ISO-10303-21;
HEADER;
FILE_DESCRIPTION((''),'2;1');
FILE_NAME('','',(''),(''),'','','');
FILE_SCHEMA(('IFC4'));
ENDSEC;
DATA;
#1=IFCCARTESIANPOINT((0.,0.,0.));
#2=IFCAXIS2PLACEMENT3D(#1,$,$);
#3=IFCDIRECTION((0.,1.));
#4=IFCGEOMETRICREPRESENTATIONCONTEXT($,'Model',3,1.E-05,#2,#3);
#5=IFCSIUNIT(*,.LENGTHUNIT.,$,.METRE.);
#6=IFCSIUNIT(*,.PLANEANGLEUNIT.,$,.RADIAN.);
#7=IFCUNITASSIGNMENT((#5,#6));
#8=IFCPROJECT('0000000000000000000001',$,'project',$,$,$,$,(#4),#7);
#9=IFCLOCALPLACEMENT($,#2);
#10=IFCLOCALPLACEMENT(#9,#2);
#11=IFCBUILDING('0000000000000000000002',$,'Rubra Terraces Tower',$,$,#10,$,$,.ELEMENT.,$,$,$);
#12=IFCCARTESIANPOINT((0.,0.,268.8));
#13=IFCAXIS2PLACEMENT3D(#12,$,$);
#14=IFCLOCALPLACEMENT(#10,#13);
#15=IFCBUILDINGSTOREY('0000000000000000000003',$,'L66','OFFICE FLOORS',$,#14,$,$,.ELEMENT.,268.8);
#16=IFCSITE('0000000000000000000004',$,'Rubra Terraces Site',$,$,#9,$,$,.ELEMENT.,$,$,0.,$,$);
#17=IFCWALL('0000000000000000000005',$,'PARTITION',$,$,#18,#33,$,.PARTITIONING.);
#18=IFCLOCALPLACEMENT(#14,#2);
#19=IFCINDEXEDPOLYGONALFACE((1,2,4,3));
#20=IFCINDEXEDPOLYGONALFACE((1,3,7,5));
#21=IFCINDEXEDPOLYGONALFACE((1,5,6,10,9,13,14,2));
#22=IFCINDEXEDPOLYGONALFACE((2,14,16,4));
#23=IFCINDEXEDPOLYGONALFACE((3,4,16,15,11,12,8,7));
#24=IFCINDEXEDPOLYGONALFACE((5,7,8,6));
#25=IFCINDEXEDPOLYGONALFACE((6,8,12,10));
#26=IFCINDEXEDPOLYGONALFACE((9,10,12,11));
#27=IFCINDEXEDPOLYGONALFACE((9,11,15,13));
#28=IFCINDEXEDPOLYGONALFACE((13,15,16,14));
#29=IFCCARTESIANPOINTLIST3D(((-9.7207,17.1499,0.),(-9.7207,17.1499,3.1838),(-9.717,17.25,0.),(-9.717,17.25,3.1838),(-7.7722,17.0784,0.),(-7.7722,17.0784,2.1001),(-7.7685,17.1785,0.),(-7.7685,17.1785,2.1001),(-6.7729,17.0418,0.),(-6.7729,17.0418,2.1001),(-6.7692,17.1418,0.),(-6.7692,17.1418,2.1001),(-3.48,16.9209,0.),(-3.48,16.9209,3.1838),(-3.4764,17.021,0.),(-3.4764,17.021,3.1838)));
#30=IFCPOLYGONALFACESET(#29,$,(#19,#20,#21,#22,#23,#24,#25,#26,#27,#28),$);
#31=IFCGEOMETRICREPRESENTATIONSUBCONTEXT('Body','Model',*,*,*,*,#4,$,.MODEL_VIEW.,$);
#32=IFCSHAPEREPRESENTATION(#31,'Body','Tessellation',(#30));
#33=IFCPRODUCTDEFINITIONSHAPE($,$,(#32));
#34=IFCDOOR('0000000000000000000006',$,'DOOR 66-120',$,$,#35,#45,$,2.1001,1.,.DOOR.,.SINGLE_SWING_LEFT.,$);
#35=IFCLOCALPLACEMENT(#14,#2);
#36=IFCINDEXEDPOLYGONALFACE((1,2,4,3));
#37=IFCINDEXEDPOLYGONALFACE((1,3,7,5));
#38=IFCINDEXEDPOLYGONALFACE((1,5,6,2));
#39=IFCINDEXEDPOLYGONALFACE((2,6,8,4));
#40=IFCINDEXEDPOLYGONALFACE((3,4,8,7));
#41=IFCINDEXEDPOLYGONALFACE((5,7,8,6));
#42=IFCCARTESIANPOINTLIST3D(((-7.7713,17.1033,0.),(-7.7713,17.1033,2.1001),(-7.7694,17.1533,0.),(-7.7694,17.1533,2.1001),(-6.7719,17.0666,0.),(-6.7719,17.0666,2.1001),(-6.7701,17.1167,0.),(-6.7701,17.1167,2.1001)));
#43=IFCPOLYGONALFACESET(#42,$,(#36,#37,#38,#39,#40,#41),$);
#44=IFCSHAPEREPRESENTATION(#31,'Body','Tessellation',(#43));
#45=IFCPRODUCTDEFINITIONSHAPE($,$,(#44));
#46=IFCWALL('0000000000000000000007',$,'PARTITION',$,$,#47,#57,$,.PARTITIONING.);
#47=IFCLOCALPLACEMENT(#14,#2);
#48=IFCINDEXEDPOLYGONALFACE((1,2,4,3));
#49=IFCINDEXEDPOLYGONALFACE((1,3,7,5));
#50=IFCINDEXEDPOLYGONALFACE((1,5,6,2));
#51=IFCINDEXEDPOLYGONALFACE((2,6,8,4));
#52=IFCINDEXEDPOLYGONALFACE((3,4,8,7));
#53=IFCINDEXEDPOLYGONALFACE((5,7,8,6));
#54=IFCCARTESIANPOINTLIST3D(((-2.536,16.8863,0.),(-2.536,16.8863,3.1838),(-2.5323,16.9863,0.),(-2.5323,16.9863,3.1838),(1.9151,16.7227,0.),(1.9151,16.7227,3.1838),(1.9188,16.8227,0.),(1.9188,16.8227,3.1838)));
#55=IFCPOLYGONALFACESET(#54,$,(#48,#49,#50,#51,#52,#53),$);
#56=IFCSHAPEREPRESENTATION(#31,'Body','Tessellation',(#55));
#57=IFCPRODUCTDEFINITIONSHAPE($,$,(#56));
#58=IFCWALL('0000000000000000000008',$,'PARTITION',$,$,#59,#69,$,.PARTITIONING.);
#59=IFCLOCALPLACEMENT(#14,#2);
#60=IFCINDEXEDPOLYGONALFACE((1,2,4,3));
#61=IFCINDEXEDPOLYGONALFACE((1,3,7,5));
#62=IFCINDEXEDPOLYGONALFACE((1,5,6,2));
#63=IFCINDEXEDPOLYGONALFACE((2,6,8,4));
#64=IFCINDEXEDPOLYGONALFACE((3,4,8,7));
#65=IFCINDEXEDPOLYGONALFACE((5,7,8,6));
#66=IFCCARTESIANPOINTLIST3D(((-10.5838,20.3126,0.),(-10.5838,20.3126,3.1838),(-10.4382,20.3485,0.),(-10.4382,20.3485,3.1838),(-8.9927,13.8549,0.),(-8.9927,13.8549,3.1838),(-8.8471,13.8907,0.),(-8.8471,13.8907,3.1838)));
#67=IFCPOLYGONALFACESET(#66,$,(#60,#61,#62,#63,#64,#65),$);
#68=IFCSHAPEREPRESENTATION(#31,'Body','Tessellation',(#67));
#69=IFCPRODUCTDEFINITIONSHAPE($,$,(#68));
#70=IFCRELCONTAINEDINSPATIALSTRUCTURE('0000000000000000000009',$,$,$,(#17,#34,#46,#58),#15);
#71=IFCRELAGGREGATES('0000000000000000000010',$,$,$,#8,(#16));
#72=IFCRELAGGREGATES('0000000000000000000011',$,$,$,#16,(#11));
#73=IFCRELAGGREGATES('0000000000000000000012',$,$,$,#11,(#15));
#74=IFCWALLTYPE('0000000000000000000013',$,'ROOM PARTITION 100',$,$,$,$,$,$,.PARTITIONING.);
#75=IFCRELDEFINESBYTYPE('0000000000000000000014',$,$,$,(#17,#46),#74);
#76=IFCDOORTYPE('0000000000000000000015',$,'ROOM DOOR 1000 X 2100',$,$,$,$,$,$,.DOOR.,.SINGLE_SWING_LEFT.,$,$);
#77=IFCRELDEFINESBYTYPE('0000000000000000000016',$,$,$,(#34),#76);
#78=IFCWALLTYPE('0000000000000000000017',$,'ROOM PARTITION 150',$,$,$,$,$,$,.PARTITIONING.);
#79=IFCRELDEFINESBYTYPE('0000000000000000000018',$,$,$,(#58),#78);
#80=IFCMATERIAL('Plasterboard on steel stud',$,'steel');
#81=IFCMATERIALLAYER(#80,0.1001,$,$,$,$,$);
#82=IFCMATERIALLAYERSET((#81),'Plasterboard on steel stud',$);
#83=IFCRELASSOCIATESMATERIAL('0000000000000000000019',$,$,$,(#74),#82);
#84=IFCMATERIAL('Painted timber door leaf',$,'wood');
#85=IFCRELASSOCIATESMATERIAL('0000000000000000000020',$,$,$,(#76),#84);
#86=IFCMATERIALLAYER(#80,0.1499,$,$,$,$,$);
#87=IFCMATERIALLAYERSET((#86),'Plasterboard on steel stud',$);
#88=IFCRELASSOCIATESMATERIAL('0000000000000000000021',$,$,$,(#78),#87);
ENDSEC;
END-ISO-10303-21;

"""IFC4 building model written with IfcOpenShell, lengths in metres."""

from ifc_helpers import new_model, si_unit, direction, frame, frame_2d, origin, place, context, subcontext, project, spatial, rectangle, extrude, material, layer, layer_set, type_object, element, fill, save


model = new_model("IFC4")

# Units and contexts
model_context = context("Model", 3, precision=1e-05, world=origin(), true_north=direction((0.0, 1.0)))
body_context = subcontext(model_context, "Body", "Model", "MODEL_VIEW")
ifc_project = project(units=[si_unit("LENGTHUNIT", "METRE"), si_unit("PLANEANGLEUNIT", "RADIAN")], contexts=[model_context])

# Site, building, storey
site_placement = place(None, origin())
site = spatial("IfcSite", under=ifc_project, at=site_placement, Name="Rubra Terraces Site", CompositionType="ELEMENT", RefElevation=0.0)
building_placement = place(site_placement, origin())
building = spatial("IfcBuilding", under=site, at=building_placement, Name="Rubra Terraces Tower", CompositionType="ELEMENT")
storey_placement = place(building_placement, frame((0.0, 0.0, 268.8)))
storey = spatial("IfcBuildingStorey", under=building, at=storey_placement, Name="L66", Description="OFFICE FLOORS", CompositionType="ELEMENT", Elevation=268.8)

# Wall, opening, door
ifc_material_1 = material(Name="Plasterboard on steel stud", Category="steel")
ifc_layer_1 = layer(ifc_material_1, 0.1001)
ifc_layer_set_1 = layer_set([ifc_layer_1], Name="Plasterboard on steel stud")
wall_type_1 = type_object("IfcWallType", Name="ROOM PARTITION 100", PredefinedType="PARTITIONING", material=ifc_layer_set_1)
wall_1_placement = place(storey_placement, frame((-9.719, 17.2, 0.0), z_axis=(0.0, 0.0, 1.0), x_axis=(0.999327, -0.03667, 0.0)))
wall_1 = element("IfcWall", 1, at=wall_1_placement, inside=storey, type_object=wall_type_1, Name="PARTITION", PredefinedType="PARTITIONING", context=body_context, shape_type="SweptSolid", body=[
    extrude(rectangle(XDim=6.2449, YDim=0.1001, at=frame_2d((3.1226, 0.0))), origin(), (0.0, 0.0, 1.0), 3.1838),
])
opening_1_placement = place(wall_1_placement, frame((1.95, 0.0, 0.0)))
opening_1 = element("IfcOpeningElement", 2, at=opening_1_placement, cuts=wall_1, PredefinedType="OPENING", context=body_context, shape_type="SweptSolid", body=[
    extrude(rectangle(XDim=1.0, YDim=2.1001, at=frame_2d((0.5, 1.05))), frame((0.0, 0.0601, 0.0), z_axis=(0.0, -1.0, 0.0), x_axis=(1.0, 0.0, 0.0)), (0.0, 0.0, 1.0), 0.1201),
])
ifc_material_2 = material(Name="Painted timber door leaf", Category="wood")
door_type = type_object("IfcDoorType", Name="ROOM DOOR 1000 X 2100", OperationType="SINGLE_SWING_LEFT", PredefinedType="DOOR", material=ifc_material_2)
door_placement = place(opening_1_placement, origin())
door = element("IfcDoor", 3, at=door_placement, inside=storey, type_object=door_type, Name="DOOR 66-120", OperationType="SINGLE_SWING_LEFT", OverallHeight=2.1001, OverallWidth=1.0, PredefinedType="DOOR", context=body_context, shape_type="SweptSolid", body=[
    extrude(rectangle(XDim=1.0, YDim=2.1001, at=frame_2d((0.5, 1.05))), frame((0.0, 0.0249, 0.0), z_axis=(0.0, -1.0, 0.0), x_axis=(1.0, 0.0, 0.0)), (0.0, 0.0, 1.0), 0.05),
])
fill(opening_1, door)

# Walls
wall_2_placement = place(storey_placement, frame((-2.5342, 16.9363, 0.0), z_axis=(0.0, 0.0, 1.0), x_axis=(0.999325, -0.036724, 0.0)))
element("IfcWall", 4, at=wall_2_placement, inside=storey, type_object=wall_type_1, Name="PARTITION", PredefinedType="PARTITIONING", context=body_context, shape_type="SweptSolid", body=[
    extrude(rectangle(XDim=4.4541, YDim=0.1001, at=frame_2d((2.2271, 0.0))), origin(), (0.0, 0.0, 1.0), 3.1838),
])
ifc_layer_2 = layer(ifc_material_1, 0.1499)
ifc_layer_set_2 = layer_set([ifc_layer_2], Name="Plasterboard on steel stud")
wall_type_2 = type_object("IfcWallType", Name="ROOM PARTITION 150", PredefinedType="PARTITIONING", material=ifc_layer_set_2)
wall_3_placement = place(storey_placement, frame((-10.511, 20.3306, 0.0), z_axis=(0.0, 0.0, 1.0), x_axis=(0.239226, -0.970964, 0.0)))
element("IfcWall", 5, at=wall_3_placement, inside=storey, type_object=wall_type_2, Name="PARTITION", PredefinedType="PARTITIONING", context=body_context, shape_type="SweptSolid", body=[
    extrude(rectangle(XDim=6.6509, YDim=0.1499, at=frame_2d((3.3254, 0.0))), origin(), (0.0, 0.0, 1.0), 3.1838),
])

save(model, "model.ifc")
